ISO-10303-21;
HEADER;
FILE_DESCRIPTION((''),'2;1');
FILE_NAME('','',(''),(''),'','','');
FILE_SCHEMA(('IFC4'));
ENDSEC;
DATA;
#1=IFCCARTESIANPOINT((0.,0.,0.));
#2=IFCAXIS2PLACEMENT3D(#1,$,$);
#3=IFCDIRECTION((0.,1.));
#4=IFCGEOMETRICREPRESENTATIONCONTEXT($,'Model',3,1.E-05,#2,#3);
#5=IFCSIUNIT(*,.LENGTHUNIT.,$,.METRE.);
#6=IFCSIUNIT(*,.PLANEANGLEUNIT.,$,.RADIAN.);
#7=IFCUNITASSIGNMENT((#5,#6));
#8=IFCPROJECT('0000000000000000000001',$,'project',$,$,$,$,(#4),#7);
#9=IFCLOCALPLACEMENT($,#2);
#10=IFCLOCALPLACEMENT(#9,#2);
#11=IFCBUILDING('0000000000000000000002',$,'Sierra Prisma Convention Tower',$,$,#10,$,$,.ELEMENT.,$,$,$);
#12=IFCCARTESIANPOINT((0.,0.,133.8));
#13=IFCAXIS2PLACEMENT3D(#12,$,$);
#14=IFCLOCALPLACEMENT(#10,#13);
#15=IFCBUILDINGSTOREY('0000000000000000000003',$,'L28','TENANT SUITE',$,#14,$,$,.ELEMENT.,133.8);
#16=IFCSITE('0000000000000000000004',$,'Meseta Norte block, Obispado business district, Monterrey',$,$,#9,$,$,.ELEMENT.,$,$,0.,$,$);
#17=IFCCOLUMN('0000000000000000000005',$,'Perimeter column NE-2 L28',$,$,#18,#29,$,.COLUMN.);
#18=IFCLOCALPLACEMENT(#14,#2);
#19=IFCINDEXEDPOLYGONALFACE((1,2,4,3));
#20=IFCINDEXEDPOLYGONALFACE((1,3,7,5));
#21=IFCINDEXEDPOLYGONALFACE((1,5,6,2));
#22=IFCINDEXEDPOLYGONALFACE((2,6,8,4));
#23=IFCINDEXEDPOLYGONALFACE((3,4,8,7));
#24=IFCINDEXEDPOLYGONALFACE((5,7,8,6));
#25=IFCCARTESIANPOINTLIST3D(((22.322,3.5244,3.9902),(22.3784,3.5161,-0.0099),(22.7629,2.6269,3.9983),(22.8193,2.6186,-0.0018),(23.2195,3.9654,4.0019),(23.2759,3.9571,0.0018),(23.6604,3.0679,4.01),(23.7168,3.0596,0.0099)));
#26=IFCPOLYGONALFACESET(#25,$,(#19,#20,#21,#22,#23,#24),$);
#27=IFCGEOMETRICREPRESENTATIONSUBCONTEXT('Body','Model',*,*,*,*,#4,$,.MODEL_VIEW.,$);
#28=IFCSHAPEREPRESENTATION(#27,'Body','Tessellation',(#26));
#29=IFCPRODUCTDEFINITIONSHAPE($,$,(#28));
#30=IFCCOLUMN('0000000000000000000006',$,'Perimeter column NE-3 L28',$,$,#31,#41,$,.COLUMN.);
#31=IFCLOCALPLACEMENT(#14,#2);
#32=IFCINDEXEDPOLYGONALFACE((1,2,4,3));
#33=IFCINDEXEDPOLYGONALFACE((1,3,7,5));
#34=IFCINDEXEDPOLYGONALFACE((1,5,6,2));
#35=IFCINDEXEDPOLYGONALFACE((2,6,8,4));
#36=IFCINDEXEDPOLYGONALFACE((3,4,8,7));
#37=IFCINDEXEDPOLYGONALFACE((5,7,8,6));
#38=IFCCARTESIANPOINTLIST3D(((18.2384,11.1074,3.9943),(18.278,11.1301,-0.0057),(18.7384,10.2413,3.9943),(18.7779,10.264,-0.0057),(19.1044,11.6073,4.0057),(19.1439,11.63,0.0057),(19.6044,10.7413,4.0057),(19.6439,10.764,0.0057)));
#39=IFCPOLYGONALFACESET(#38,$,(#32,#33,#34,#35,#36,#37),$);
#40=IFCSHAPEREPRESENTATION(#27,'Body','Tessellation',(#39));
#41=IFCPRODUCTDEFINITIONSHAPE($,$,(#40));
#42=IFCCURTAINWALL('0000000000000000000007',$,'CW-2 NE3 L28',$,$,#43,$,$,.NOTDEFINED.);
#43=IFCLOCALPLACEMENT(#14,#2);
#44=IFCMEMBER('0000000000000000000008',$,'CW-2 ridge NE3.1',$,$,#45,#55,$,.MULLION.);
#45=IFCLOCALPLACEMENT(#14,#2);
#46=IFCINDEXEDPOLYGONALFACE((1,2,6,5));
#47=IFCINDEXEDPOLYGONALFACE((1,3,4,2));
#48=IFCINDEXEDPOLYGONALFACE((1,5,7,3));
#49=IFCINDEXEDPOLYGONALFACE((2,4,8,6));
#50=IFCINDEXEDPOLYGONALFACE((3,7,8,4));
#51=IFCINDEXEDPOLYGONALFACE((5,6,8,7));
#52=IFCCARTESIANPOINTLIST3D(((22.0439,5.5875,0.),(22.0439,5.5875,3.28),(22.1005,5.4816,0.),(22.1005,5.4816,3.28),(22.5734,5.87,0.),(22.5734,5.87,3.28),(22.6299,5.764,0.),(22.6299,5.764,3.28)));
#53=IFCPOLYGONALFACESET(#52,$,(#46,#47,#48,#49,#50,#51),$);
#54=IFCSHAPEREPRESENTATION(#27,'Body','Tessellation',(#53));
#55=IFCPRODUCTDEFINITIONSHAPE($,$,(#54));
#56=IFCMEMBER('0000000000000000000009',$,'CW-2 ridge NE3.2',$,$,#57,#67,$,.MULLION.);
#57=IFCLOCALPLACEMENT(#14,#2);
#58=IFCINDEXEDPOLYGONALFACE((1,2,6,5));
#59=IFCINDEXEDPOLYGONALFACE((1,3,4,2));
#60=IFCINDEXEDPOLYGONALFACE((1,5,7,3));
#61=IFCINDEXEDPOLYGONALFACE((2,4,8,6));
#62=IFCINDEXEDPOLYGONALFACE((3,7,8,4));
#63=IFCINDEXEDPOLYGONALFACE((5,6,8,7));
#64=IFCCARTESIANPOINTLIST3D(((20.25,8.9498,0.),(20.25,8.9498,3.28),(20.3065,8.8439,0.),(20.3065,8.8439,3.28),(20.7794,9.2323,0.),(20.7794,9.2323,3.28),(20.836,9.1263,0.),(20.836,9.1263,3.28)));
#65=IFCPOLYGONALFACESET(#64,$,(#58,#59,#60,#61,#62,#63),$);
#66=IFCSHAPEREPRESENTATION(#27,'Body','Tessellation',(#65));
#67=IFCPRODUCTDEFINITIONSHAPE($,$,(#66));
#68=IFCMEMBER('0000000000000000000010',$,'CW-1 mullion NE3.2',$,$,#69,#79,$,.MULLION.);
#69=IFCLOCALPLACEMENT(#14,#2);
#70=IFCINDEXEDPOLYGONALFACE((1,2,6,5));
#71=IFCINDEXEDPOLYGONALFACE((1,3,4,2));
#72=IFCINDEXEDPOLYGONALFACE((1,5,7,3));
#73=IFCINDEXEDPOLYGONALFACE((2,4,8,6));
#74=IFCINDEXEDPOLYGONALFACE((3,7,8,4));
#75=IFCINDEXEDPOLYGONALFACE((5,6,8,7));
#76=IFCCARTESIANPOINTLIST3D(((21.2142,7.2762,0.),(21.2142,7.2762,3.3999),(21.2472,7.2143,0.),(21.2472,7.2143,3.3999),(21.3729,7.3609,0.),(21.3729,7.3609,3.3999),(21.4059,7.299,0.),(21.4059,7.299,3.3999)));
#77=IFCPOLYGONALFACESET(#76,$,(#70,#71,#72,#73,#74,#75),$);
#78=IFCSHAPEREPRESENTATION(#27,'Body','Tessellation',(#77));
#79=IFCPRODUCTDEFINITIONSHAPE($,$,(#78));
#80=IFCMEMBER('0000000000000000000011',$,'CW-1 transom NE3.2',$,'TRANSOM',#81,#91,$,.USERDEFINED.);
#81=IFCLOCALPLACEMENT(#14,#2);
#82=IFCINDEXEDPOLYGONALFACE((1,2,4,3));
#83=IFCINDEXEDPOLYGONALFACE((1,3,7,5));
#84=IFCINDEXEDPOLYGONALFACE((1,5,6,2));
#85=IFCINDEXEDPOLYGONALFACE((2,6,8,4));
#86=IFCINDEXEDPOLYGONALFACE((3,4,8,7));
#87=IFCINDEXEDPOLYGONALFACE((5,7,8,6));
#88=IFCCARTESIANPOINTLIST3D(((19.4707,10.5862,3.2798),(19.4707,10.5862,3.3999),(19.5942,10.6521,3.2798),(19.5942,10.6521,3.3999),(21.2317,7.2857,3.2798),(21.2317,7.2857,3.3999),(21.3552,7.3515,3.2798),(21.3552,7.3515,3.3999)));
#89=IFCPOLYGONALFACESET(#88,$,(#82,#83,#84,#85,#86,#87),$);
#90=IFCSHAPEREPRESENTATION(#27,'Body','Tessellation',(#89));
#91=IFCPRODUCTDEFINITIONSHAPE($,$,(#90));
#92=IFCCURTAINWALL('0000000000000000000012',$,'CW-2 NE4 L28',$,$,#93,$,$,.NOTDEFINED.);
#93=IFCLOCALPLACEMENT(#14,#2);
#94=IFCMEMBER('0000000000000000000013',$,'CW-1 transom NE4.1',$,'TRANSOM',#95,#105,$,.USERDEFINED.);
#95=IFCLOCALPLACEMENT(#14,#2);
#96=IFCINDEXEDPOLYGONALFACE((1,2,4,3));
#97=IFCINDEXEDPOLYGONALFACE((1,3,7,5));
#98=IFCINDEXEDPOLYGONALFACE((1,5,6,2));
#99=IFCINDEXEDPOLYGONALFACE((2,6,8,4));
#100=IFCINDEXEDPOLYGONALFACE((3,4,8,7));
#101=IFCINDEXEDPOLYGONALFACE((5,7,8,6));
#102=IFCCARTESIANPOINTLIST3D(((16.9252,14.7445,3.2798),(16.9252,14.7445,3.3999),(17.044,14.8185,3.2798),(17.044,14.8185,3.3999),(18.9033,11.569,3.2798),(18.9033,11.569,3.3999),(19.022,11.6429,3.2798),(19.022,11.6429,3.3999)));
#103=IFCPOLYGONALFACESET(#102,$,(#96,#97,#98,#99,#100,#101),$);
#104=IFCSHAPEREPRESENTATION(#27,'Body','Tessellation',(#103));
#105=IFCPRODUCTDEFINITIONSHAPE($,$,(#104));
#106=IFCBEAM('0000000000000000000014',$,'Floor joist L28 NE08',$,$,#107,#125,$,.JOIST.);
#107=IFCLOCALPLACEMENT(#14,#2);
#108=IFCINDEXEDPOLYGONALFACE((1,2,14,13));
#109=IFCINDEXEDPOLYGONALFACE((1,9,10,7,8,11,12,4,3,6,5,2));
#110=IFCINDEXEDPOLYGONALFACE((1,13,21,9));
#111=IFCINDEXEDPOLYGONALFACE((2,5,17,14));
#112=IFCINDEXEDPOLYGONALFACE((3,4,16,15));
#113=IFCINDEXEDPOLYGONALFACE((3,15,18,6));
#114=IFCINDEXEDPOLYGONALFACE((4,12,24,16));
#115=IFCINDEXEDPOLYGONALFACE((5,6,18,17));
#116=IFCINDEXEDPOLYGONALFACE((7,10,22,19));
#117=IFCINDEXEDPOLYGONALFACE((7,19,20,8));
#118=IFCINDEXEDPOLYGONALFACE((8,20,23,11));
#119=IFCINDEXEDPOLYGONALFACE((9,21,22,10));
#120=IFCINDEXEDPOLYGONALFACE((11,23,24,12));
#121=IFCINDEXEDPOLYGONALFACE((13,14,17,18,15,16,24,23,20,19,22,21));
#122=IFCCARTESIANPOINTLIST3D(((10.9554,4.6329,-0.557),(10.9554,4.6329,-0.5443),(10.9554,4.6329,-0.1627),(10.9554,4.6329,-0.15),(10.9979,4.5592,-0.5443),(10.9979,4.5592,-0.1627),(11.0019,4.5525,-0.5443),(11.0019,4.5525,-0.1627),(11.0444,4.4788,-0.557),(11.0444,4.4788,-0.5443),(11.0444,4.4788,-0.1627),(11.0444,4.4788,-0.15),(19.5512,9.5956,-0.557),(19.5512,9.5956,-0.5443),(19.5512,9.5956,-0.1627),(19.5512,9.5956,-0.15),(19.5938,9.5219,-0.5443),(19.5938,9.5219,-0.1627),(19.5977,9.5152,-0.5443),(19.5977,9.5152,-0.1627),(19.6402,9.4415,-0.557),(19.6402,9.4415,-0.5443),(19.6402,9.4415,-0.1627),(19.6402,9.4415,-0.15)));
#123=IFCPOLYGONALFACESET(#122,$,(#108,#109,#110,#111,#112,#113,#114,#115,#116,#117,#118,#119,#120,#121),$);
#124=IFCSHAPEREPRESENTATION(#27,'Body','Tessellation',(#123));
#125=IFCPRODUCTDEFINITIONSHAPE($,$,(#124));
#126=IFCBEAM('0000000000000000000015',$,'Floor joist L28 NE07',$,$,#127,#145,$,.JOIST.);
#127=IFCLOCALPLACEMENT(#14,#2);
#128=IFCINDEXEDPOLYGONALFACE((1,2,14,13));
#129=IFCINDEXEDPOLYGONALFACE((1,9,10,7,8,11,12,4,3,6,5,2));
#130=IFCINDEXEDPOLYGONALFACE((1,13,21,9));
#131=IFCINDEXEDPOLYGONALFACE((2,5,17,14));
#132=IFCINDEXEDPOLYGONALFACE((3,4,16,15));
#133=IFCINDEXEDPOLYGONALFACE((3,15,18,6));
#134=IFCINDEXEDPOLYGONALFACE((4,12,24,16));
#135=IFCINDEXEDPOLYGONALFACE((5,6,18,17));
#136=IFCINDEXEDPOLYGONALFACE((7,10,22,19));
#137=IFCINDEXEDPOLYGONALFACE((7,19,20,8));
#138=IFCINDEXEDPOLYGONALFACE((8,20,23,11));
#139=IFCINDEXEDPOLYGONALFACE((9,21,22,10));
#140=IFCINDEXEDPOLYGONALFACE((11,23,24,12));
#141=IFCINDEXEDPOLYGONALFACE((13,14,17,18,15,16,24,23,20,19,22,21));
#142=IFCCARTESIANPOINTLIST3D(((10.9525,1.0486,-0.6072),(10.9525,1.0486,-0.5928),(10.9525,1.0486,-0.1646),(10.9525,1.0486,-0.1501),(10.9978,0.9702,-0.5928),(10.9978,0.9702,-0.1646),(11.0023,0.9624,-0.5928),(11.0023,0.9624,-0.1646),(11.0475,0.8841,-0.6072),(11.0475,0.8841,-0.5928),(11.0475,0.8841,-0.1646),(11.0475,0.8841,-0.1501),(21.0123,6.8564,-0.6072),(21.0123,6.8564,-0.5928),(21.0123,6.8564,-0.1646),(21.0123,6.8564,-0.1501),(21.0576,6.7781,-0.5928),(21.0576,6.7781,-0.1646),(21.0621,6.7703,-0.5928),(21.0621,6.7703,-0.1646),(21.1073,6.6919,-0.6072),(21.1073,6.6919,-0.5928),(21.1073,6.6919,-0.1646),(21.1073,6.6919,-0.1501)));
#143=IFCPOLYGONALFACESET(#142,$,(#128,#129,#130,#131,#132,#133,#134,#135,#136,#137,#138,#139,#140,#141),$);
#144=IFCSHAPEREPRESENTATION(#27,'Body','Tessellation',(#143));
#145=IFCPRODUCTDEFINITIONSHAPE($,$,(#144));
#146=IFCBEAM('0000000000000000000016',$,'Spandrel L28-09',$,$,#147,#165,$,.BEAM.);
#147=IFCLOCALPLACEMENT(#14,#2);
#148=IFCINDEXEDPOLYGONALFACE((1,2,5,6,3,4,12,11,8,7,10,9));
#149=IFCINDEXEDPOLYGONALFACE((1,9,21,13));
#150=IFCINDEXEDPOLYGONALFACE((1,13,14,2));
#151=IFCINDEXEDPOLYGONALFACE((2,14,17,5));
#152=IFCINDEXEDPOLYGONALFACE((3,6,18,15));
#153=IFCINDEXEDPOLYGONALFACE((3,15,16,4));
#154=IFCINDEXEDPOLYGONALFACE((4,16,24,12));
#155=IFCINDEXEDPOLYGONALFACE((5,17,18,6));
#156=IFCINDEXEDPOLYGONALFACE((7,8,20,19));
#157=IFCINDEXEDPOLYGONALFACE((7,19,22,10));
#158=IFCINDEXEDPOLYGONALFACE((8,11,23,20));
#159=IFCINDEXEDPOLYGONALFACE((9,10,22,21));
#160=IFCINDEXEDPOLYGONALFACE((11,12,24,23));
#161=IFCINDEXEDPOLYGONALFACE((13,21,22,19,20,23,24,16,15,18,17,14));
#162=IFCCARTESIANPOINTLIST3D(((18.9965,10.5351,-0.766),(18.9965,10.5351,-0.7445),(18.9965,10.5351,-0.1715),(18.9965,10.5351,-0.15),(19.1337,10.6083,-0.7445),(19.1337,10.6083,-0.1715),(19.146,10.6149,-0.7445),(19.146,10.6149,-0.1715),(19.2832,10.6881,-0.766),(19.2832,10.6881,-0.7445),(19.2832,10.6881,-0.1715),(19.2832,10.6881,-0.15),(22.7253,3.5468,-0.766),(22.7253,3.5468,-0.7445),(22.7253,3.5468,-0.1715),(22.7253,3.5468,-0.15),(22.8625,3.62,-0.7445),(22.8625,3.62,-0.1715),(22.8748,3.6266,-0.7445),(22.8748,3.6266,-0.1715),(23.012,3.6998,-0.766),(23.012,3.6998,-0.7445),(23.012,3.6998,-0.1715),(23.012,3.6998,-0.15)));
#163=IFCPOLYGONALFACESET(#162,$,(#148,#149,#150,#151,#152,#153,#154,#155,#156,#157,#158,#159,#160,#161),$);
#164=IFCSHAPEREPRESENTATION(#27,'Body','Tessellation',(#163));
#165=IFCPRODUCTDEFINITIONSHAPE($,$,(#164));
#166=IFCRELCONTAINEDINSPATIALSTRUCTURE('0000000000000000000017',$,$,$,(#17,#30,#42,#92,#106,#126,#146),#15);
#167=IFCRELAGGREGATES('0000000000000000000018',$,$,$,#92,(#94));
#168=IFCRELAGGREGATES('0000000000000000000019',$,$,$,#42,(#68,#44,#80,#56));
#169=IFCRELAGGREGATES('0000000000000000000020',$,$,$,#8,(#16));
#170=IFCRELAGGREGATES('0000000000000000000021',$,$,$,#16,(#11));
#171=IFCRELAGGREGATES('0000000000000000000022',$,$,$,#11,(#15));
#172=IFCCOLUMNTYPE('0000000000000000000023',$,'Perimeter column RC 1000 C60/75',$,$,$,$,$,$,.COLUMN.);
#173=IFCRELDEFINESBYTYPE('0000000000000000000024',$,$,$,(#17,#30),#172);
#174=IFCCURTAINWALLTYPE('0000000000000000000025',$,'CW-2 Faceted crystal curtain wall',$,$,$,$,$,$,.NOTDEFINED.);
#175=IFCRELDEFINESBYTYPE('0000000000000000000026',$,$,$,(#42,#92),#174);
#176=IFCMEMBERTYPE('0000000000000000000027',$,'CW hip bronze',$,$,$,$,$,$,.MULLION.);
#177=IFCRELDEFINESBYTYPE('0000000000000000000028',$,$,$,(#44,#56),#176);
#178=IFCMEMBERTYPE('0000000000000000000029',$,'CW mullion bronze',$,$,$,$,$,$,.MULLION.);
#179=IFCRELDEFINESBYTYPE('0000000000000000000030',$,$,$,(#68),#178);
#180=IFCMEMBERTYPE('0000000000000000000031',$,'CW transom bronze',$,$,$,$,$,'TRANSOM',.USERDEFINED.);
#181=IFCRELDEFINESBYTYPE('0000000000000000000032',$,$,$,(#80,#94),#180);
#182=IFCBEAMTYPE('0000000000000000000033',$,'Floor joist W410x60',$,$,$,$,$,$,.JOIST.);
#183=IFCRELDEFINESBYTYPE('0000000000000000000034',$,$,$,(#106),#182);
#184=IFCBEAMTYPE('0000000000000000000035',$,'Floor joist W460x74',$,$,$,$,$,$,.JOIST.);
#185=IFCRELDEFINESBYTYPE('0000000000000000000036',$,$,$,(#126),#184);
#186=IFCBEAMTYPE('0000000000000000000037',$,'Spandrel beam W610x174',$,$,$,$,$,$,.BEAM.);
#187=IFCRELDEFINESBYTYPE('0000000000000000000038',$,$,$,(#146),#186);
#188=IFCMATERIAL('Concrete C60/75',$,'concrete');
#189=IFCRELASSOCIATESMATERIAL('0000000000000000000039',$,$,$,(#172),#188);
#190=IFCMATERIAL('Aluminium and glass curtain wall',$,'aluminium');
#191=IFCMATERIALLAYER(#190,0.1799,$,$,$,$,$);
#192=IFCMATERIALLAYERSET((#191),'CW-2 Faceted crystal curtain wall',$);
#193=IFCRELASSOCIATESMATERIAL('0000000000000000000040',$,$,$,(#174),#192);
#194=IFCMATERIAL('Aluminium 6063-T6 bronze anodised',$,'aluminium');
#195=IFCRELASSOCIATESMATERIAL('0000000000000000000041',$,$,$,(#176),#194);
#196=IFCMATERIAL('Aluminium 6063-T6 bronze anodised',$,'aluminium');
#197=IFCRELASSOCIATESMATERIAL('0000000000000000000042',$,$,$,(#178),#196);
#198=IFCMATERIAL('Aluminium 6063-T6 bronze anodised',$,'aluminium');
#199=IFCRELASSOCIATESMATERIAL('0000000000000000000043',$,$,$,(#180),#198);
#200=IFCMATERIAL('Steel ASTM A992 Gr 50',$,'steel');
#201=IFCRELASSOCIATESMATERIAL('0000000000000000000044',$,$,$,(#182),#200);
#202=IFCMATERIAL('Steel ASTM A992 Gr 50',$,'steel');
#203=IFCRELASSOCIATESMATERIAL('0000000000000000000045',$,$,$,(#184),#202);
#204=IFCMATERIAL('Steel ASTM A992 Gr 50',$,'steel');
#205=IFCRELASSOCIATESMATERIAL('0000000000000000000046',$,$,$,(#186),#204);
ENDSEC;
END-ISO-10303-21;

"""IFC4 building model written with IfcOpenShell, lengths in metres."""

from ifc_helpers import new_model, si_unit, direction, frame, origin, origin_2d, place, context, subcontext, project, spatial, rectangle, i_section, extrude, material, layer, layer_set, material_profile, profile_set, type_object, element, aggregate, save


model = new_model("IFC4")

# Units and contexts
model_context = context("Model", 3, precision=1e-05, world=origin(), true_north=direction((0.0, 1.0)))
body_context = subcontext(model_context, "Body", "Model", "MODEL_VIEW")
ifc_project = project(units=[si_unit("LENGTHUNIT", "METRE"), si_unit("PLANEANGLEUNIT", "RADIAN")], contexts=[model_context])

# Site, building, storey
site_placement = place(None, origin())
site = spatial("IfcSite", under=ifc_project, at=site_placement, Name="Meseta Norte block, Obispado business district, Monterrey", CompositionType="ELEMENT", RefElevation=0.0)
building_placement = place(site_placement, origin())
building = spatial("IfcBuilding", under=site, at=building_placement, Name="Sierra Prisma Convention Tower", CompositionType="ELEMENT")
storey_placement = place(building_placement, frame((0.0, 0.0, 133.8)))
storey = spatial("IfcBuildingStorey", under=building, at=storey_placement, Name="L28", Description="TENANT SUITE", CompositionType="ELEMENT", Elevation=133.8)

# Columns
ifc_material_1 = material(Name="Concrete C60/75", Category="concrete")
ifc_material_profile_1 = material_profile(ifc_material_1, rectangle(XDim=1.0, YDim=1.0, at=origin_2d()), Name="Perimeter column RC 1000 C60/75")
ifc_profile_set_1 = profile_set([ifc_material_profile_1], Name="Concrete C60/75")
column_type = type_object("IfcColumnType", Name="Perimeter column RC 1000 C60/75", PredefinedType="COLUMN", material=ifc_profile_set_1)
column_1_placement = place(storey_placement, frame((23.0476, 3.2878, 0.0), z_axis=(-0.014098, 0.002075, 0.999898), x_axis=(-0.440886, 0.897527, -0.008079)))
element("IfcColumn", 1, at=column_1_placement, inside=storey, type_object=column_type, Name="Perimeter column NE-2 L28", PredefinedType="COLUMN", context=body_context, shape_type="SweptSolid", body=[
    extrude(rectangle(XDim=1.0, YDim=1.0, at=origin_2d()), origin(), (0.0, 0.0, 1.0), 4.0005),
])
column_2_placement = place(storey_placement, frame((18.9609, 10.947, 0.0), z_axis=(-0.009887, -0.005676, 0.999935), x_axis=(-0.499976, 0.86604, -0.000028)))
element("IfcColumn", 2, at=column_2_placement, inside=storey, type_object=column_type, Name="Perimeter column NE-3 L28", PredefinedType="COLUMN", context=body_context, shape_type="SweptSolid", body=[
    extrude(rectangle(XDim=1.0, YDim=1.0, at=origin_2d()), origin(), (0.0, 0.0, 1.0), 4.0002),
])

# Curtain wall, members
ifc_material_2 = material(Name="Aluminium and glass curtain wall", Category="aluminium")
ifc_layer_1 = layer(ifc_material_2, 0.1799)
ifc_layer_set_1 = layer_set([ifc_layer_1], Name="CW-2 Faceted crystal curtain wall")
curtain_wall_type = type_object("IfcCurtainWallType", Name="CW-2 Faceted crystal curtain wall", PredefinedType="NOTDEFINED", material=ifc_layer_set_1)
curtain_wall_1_placement = place(storey_placement, origin())
curtain_wall_1 = element("IfcCurtainWall", 3, at=curtain_wall_1_placement, inside=storey, type_object=curtain_wall_type, Name="CW-2 NE3 L28", PredefinedType="NOTDEFINED")
ifc_material_3 = material(Name="Aluminium 6063-T6 bronze anodised", Category="aluminium")
ifc_material_profile_2 = material_profile(ifc_material_3, rectangle(XDim=0.1201, YDim=0.6001, at=origin_2d()), Name="ALU RIDGE BLADE 120x600")
ifc_profile_set_2 = profile_set([ifc_material_profile_2], Name="Aluminium 6063-T6 bronze anodised")
member_type_1 = type_object("IfcMemberType", Name="CW hip bronze", PredefinedType="MULLION", material=ifc_profile_set_2)
member_1_placement = place(storey_placement, frame((22.3369, 5.6758, 0.0), z_axis=(0.0, 0.0, 1.0), x_axis=(-0.470728, 0.882278, 0.0)))
member_1 = element("IfcMember", 4, at=member_1_placement, type_object=member_type_1, Name="CW-2 ridge NE3.1", PredefinedType="MULLION", context=body_context, shape_type="SweptSolid", body=[
    extrude(rectangle(XDim=0.1201, YDim=0.6001, at=origin_2d()), origin(), (0.0, 0.0, 1.0), 3.28),
])
member_2_placement = place(storey_placement, frame((20.543, 9.0381, 0.0), z_axis=(0.0, 0.0, 1.0), x_axis=(-0.470728, 0.882278, 0.0)))
member_2 = element("IfcMember", 5, at=member_2_placement, type_object=member_type_1, Name="CW-2 ridge NE3.2", PredefinedType="MULLION", context=body_context, shape_type="SweptSolid", body=[
    extrude(rectangle(XDim=0.1201, YDim=0.6001, at=origin_2d()), origin(), (0.0, 0.0, 1.0), 3.28),
])
ifc_material_4 = material(Name="Aluminium 6063-T6 bronze anodised", Category="aluminium")
ifc_material_profile_3 = material_profile(ifc_material_4, rectangle(XDim=0.1799, YDim=0.0701, at=origin_2d()), Name="ALU MULLION 70x180")
ifc_profile_set_3 = profile_set([ifc_material_profile_3], Name="Aluminium 6063-T6 bronze anodised")
member_type_2 = type_object("IfcMemberType", Name="CW mullion bronze", PredefinedType="MULLION", material=ifc_profile_set_3)
member_3_placement = place(storey_placement, frame((21.3101, 7.2876, 0.0), z_axis=(0.0, 0.0, 1.0), x_axis=(-0.882278, -0.470728, 0.0)))
member_3 = element("IfcMember", 6, at=member_3_placement, type_object=member_type_2, Name="CW-1 mullion NE3.2", PredefinedType="MULLION", context=body_context, shape_type="SweptSolid", body=[
    extrude(rectangle(XDim=0.1799, YDim=0.0701, at=origin_2d()), origin(), (0.0, 0.0, 1.0), 3.3999),
])
ifc_material_5 = material(Name="Aluminium 6063-T6 bronze anodised", Category="aluminium")
ifc_material_profile_4 = material_profile(ifc_material_5, rectangle(XDim=0.1399, YDim=0.1201, at=origin_2d()), Name="ALU TRANSOM 120x140")
ifc_profile_set_4 = profile_set([ifc_material_profile_4], Name="Aluminium 6063-T6 bronze anodised")
member_type_3 = type_object("IfcMemberType", Name="CW transom bronze", ElementType="TRANSOM", PredefinedType="USERDEFINED", material=ifc_profile_set_4)
member_4_placement = place(storey_placement, frame((21.2935, 7.3186, 3.3398), z_axis=(-0.470734, 0.882275, 0.0), x_axis=(-0.882275, -0.470734, 0.0)))
member_4 = element("IfcMember", 7, at=member_4_placement, type_object=member_type_3, Name="CW-1 transom NE3.2", ObjectType="TRANSOM", PredefinedType="USERDEFINED", context=body_context, shape_type="SweptSolid", body=[
    extrude(rectangle(XDim=0.1399, YDim=0.1201, at=origin_2d()), origin(), (0.0, 0.0, 1.0), 3.741),
])

# Curtain wall, member
curtain_wall_2_placement = place(storey_placement, origin())
curtain_wall_2 = element("IfcCurtainWall", 8, at=curtain_wall_2_placement, inside=storey, type_object=curtain_wall_type, Name="CW-2 NE4 L28", PredefinedType="NOTDEFINED")
member_5_placement = place(storey_placement, frame((18.9626, 11.606, 3.3398), z_axis=(-0.528714, 0.8488, 0.0), x_axis=(-0.8488, -0.528714, 0.0)))
member_5 = element("IfcMember", 9, at=member_5_placement, type_object=member_type_3, Name="CW-1 transom NE4.1", ObjectType="TRANSOM", PredefinedType="USERDEFINED", context=body_context, shape_type="SweptSolid", body=[
    extrude(rectangle(XDim=0.1399, YDim=0.1201, at=origin_2d()), origin(), (0.0, 0.0, 1.0), 3.7412),
])
aggregate(curtain_wall_2, [member_5])

# Beams
ifc_material_6 = material(Name="Steel ASTM A992 Gr 50", Category="steel")
ifc_material_profile_5 = material_profile(ifc_material_6, i_section(OverallWidth=0.178, OverallDepth=0.407, WebThickness=0.0078, FlangeThickness=0.0127, at=origin_2d()), Name="W410x60")
ifc_profile_set_5 = profile_set([ifc_material_profile_5], Name="Steel ASTM A992 Gr 50")
beam_type_1 = type_object("IfcBeamType", Name="Floor joist W410x60", PredefinedType="JOIST", material=ifc_profile_set_5)
beam_1_placement = place(storey_placement, frame((19.5957, 9.5186, -0.3535), z_axis=(-0.866029, -0.499994, 0.0), x_axis=(0.499994, -0.866029, 0.0)))
element("IfcBeam", 10, at=beam_1_placement, inside=storey, type_object=beam_type_1, Name="Floor joist L28 NE08", PredefinedType="JOIST", context=body_context, shape_type="SweptSolid", body=[
    extrude(i_section(OverallWidth=0.178, OverallDepth=0.407, WebThickness=0.0078, FlangeThickness=0.0127, at=origin_2d()), origin(), (0.0, 0.0, 1.0), 9.9255),
])
ifc_material_7 = material(Name="Steel ASTM A992 Gr 50", Category="steel")
ifc_material_profile_6 = material_profile(ifc_material_7, i_section(OverallWidth=0.1899, OverallDepth=0.457, WebThickness=0.009, FlangeThickness=0.0144, at=origin_2d()), Name="W460x74")
ifc_profile_set_6 = profile_set([ifc_material_profile_6], Name="Steel ASTM A992 Gr 50")
beam_type_2 = type_object("IfcBeamType", Name="Floor joist W460x74", PredefinedType="JOIST", material=ifc_profile_set_6)
beam_2_placement = place(storey_placement, frame((21.0598, 6.7742, -0.3787), z_axis=(-0.866032, -0.499989, 0.0), x_axis=(0.499989, -0.866032, 0.0)))
element("IfcBeam", 11, at=beam_2_placement, inside=storey, type_object=beam_type_2, Name="Floor joist L28 NE07", PredefinedType="JOIST", context=body_context, shape_type="SweptSolid", body=[
    extrude(i_section(OverallWidth=0.1899, OverallDepth=0.457, WebThickness=0.009, FlangeThickness=0.0144, at=origin_2d()), origin(), (0.0, 0.0, 1.0), 11.616),
])
ifc_material_8 = material(Name="Steel ASTM A992 Gr 50", Category="steel")
ifc_material_profile_7 = material_profile(ifc_material_8, i_section(OverallWidth=0.325, OverallDepth=0.616, WebThickness=0.0139, FlangeThickness=0.0215, at=origin_2d()), Name="W610x174")
ifc_profile_set_7 = profile_set([ifc_material_profile_7], Name="Steel ASTM A992 Gr 50")
beam_type_3 = type_object("IfcBeamType", Name="Spandrel beam W610x174", PredefinedType="BEAM", material=ifc_profile_set_7)
for number, where, z_axis, x_axis, name in (
    (12, (22.8687, 3.6233, -0.458), (-0.470753, 0.882265, 0.0), (-0.882265, -0.470753, 0.0), "Spandrel L28-09"),
):
    element("IfcBeam", number, at=place(storey_placement, frame(where, z_axis=z_axis, x_axis=x_axis)), inside=storey, type_object=beam_type_3, Name=name, PredefinedType="BEAM", context=body_context, shape_type="SweptSolid", body=[
        extrude(i_section(OverallWidth=0.325, OverallDepth=0.616, WebThickness=0.0139, FlangeThickness=0.0215, at=origin_2d()), origin(), (0.0, 0.0, 1.0), 7.9209),
    ])

aggregate(curtain_wall_1, [member_3, member_1, member_4, member_2])

save(model, "model.ifc")
